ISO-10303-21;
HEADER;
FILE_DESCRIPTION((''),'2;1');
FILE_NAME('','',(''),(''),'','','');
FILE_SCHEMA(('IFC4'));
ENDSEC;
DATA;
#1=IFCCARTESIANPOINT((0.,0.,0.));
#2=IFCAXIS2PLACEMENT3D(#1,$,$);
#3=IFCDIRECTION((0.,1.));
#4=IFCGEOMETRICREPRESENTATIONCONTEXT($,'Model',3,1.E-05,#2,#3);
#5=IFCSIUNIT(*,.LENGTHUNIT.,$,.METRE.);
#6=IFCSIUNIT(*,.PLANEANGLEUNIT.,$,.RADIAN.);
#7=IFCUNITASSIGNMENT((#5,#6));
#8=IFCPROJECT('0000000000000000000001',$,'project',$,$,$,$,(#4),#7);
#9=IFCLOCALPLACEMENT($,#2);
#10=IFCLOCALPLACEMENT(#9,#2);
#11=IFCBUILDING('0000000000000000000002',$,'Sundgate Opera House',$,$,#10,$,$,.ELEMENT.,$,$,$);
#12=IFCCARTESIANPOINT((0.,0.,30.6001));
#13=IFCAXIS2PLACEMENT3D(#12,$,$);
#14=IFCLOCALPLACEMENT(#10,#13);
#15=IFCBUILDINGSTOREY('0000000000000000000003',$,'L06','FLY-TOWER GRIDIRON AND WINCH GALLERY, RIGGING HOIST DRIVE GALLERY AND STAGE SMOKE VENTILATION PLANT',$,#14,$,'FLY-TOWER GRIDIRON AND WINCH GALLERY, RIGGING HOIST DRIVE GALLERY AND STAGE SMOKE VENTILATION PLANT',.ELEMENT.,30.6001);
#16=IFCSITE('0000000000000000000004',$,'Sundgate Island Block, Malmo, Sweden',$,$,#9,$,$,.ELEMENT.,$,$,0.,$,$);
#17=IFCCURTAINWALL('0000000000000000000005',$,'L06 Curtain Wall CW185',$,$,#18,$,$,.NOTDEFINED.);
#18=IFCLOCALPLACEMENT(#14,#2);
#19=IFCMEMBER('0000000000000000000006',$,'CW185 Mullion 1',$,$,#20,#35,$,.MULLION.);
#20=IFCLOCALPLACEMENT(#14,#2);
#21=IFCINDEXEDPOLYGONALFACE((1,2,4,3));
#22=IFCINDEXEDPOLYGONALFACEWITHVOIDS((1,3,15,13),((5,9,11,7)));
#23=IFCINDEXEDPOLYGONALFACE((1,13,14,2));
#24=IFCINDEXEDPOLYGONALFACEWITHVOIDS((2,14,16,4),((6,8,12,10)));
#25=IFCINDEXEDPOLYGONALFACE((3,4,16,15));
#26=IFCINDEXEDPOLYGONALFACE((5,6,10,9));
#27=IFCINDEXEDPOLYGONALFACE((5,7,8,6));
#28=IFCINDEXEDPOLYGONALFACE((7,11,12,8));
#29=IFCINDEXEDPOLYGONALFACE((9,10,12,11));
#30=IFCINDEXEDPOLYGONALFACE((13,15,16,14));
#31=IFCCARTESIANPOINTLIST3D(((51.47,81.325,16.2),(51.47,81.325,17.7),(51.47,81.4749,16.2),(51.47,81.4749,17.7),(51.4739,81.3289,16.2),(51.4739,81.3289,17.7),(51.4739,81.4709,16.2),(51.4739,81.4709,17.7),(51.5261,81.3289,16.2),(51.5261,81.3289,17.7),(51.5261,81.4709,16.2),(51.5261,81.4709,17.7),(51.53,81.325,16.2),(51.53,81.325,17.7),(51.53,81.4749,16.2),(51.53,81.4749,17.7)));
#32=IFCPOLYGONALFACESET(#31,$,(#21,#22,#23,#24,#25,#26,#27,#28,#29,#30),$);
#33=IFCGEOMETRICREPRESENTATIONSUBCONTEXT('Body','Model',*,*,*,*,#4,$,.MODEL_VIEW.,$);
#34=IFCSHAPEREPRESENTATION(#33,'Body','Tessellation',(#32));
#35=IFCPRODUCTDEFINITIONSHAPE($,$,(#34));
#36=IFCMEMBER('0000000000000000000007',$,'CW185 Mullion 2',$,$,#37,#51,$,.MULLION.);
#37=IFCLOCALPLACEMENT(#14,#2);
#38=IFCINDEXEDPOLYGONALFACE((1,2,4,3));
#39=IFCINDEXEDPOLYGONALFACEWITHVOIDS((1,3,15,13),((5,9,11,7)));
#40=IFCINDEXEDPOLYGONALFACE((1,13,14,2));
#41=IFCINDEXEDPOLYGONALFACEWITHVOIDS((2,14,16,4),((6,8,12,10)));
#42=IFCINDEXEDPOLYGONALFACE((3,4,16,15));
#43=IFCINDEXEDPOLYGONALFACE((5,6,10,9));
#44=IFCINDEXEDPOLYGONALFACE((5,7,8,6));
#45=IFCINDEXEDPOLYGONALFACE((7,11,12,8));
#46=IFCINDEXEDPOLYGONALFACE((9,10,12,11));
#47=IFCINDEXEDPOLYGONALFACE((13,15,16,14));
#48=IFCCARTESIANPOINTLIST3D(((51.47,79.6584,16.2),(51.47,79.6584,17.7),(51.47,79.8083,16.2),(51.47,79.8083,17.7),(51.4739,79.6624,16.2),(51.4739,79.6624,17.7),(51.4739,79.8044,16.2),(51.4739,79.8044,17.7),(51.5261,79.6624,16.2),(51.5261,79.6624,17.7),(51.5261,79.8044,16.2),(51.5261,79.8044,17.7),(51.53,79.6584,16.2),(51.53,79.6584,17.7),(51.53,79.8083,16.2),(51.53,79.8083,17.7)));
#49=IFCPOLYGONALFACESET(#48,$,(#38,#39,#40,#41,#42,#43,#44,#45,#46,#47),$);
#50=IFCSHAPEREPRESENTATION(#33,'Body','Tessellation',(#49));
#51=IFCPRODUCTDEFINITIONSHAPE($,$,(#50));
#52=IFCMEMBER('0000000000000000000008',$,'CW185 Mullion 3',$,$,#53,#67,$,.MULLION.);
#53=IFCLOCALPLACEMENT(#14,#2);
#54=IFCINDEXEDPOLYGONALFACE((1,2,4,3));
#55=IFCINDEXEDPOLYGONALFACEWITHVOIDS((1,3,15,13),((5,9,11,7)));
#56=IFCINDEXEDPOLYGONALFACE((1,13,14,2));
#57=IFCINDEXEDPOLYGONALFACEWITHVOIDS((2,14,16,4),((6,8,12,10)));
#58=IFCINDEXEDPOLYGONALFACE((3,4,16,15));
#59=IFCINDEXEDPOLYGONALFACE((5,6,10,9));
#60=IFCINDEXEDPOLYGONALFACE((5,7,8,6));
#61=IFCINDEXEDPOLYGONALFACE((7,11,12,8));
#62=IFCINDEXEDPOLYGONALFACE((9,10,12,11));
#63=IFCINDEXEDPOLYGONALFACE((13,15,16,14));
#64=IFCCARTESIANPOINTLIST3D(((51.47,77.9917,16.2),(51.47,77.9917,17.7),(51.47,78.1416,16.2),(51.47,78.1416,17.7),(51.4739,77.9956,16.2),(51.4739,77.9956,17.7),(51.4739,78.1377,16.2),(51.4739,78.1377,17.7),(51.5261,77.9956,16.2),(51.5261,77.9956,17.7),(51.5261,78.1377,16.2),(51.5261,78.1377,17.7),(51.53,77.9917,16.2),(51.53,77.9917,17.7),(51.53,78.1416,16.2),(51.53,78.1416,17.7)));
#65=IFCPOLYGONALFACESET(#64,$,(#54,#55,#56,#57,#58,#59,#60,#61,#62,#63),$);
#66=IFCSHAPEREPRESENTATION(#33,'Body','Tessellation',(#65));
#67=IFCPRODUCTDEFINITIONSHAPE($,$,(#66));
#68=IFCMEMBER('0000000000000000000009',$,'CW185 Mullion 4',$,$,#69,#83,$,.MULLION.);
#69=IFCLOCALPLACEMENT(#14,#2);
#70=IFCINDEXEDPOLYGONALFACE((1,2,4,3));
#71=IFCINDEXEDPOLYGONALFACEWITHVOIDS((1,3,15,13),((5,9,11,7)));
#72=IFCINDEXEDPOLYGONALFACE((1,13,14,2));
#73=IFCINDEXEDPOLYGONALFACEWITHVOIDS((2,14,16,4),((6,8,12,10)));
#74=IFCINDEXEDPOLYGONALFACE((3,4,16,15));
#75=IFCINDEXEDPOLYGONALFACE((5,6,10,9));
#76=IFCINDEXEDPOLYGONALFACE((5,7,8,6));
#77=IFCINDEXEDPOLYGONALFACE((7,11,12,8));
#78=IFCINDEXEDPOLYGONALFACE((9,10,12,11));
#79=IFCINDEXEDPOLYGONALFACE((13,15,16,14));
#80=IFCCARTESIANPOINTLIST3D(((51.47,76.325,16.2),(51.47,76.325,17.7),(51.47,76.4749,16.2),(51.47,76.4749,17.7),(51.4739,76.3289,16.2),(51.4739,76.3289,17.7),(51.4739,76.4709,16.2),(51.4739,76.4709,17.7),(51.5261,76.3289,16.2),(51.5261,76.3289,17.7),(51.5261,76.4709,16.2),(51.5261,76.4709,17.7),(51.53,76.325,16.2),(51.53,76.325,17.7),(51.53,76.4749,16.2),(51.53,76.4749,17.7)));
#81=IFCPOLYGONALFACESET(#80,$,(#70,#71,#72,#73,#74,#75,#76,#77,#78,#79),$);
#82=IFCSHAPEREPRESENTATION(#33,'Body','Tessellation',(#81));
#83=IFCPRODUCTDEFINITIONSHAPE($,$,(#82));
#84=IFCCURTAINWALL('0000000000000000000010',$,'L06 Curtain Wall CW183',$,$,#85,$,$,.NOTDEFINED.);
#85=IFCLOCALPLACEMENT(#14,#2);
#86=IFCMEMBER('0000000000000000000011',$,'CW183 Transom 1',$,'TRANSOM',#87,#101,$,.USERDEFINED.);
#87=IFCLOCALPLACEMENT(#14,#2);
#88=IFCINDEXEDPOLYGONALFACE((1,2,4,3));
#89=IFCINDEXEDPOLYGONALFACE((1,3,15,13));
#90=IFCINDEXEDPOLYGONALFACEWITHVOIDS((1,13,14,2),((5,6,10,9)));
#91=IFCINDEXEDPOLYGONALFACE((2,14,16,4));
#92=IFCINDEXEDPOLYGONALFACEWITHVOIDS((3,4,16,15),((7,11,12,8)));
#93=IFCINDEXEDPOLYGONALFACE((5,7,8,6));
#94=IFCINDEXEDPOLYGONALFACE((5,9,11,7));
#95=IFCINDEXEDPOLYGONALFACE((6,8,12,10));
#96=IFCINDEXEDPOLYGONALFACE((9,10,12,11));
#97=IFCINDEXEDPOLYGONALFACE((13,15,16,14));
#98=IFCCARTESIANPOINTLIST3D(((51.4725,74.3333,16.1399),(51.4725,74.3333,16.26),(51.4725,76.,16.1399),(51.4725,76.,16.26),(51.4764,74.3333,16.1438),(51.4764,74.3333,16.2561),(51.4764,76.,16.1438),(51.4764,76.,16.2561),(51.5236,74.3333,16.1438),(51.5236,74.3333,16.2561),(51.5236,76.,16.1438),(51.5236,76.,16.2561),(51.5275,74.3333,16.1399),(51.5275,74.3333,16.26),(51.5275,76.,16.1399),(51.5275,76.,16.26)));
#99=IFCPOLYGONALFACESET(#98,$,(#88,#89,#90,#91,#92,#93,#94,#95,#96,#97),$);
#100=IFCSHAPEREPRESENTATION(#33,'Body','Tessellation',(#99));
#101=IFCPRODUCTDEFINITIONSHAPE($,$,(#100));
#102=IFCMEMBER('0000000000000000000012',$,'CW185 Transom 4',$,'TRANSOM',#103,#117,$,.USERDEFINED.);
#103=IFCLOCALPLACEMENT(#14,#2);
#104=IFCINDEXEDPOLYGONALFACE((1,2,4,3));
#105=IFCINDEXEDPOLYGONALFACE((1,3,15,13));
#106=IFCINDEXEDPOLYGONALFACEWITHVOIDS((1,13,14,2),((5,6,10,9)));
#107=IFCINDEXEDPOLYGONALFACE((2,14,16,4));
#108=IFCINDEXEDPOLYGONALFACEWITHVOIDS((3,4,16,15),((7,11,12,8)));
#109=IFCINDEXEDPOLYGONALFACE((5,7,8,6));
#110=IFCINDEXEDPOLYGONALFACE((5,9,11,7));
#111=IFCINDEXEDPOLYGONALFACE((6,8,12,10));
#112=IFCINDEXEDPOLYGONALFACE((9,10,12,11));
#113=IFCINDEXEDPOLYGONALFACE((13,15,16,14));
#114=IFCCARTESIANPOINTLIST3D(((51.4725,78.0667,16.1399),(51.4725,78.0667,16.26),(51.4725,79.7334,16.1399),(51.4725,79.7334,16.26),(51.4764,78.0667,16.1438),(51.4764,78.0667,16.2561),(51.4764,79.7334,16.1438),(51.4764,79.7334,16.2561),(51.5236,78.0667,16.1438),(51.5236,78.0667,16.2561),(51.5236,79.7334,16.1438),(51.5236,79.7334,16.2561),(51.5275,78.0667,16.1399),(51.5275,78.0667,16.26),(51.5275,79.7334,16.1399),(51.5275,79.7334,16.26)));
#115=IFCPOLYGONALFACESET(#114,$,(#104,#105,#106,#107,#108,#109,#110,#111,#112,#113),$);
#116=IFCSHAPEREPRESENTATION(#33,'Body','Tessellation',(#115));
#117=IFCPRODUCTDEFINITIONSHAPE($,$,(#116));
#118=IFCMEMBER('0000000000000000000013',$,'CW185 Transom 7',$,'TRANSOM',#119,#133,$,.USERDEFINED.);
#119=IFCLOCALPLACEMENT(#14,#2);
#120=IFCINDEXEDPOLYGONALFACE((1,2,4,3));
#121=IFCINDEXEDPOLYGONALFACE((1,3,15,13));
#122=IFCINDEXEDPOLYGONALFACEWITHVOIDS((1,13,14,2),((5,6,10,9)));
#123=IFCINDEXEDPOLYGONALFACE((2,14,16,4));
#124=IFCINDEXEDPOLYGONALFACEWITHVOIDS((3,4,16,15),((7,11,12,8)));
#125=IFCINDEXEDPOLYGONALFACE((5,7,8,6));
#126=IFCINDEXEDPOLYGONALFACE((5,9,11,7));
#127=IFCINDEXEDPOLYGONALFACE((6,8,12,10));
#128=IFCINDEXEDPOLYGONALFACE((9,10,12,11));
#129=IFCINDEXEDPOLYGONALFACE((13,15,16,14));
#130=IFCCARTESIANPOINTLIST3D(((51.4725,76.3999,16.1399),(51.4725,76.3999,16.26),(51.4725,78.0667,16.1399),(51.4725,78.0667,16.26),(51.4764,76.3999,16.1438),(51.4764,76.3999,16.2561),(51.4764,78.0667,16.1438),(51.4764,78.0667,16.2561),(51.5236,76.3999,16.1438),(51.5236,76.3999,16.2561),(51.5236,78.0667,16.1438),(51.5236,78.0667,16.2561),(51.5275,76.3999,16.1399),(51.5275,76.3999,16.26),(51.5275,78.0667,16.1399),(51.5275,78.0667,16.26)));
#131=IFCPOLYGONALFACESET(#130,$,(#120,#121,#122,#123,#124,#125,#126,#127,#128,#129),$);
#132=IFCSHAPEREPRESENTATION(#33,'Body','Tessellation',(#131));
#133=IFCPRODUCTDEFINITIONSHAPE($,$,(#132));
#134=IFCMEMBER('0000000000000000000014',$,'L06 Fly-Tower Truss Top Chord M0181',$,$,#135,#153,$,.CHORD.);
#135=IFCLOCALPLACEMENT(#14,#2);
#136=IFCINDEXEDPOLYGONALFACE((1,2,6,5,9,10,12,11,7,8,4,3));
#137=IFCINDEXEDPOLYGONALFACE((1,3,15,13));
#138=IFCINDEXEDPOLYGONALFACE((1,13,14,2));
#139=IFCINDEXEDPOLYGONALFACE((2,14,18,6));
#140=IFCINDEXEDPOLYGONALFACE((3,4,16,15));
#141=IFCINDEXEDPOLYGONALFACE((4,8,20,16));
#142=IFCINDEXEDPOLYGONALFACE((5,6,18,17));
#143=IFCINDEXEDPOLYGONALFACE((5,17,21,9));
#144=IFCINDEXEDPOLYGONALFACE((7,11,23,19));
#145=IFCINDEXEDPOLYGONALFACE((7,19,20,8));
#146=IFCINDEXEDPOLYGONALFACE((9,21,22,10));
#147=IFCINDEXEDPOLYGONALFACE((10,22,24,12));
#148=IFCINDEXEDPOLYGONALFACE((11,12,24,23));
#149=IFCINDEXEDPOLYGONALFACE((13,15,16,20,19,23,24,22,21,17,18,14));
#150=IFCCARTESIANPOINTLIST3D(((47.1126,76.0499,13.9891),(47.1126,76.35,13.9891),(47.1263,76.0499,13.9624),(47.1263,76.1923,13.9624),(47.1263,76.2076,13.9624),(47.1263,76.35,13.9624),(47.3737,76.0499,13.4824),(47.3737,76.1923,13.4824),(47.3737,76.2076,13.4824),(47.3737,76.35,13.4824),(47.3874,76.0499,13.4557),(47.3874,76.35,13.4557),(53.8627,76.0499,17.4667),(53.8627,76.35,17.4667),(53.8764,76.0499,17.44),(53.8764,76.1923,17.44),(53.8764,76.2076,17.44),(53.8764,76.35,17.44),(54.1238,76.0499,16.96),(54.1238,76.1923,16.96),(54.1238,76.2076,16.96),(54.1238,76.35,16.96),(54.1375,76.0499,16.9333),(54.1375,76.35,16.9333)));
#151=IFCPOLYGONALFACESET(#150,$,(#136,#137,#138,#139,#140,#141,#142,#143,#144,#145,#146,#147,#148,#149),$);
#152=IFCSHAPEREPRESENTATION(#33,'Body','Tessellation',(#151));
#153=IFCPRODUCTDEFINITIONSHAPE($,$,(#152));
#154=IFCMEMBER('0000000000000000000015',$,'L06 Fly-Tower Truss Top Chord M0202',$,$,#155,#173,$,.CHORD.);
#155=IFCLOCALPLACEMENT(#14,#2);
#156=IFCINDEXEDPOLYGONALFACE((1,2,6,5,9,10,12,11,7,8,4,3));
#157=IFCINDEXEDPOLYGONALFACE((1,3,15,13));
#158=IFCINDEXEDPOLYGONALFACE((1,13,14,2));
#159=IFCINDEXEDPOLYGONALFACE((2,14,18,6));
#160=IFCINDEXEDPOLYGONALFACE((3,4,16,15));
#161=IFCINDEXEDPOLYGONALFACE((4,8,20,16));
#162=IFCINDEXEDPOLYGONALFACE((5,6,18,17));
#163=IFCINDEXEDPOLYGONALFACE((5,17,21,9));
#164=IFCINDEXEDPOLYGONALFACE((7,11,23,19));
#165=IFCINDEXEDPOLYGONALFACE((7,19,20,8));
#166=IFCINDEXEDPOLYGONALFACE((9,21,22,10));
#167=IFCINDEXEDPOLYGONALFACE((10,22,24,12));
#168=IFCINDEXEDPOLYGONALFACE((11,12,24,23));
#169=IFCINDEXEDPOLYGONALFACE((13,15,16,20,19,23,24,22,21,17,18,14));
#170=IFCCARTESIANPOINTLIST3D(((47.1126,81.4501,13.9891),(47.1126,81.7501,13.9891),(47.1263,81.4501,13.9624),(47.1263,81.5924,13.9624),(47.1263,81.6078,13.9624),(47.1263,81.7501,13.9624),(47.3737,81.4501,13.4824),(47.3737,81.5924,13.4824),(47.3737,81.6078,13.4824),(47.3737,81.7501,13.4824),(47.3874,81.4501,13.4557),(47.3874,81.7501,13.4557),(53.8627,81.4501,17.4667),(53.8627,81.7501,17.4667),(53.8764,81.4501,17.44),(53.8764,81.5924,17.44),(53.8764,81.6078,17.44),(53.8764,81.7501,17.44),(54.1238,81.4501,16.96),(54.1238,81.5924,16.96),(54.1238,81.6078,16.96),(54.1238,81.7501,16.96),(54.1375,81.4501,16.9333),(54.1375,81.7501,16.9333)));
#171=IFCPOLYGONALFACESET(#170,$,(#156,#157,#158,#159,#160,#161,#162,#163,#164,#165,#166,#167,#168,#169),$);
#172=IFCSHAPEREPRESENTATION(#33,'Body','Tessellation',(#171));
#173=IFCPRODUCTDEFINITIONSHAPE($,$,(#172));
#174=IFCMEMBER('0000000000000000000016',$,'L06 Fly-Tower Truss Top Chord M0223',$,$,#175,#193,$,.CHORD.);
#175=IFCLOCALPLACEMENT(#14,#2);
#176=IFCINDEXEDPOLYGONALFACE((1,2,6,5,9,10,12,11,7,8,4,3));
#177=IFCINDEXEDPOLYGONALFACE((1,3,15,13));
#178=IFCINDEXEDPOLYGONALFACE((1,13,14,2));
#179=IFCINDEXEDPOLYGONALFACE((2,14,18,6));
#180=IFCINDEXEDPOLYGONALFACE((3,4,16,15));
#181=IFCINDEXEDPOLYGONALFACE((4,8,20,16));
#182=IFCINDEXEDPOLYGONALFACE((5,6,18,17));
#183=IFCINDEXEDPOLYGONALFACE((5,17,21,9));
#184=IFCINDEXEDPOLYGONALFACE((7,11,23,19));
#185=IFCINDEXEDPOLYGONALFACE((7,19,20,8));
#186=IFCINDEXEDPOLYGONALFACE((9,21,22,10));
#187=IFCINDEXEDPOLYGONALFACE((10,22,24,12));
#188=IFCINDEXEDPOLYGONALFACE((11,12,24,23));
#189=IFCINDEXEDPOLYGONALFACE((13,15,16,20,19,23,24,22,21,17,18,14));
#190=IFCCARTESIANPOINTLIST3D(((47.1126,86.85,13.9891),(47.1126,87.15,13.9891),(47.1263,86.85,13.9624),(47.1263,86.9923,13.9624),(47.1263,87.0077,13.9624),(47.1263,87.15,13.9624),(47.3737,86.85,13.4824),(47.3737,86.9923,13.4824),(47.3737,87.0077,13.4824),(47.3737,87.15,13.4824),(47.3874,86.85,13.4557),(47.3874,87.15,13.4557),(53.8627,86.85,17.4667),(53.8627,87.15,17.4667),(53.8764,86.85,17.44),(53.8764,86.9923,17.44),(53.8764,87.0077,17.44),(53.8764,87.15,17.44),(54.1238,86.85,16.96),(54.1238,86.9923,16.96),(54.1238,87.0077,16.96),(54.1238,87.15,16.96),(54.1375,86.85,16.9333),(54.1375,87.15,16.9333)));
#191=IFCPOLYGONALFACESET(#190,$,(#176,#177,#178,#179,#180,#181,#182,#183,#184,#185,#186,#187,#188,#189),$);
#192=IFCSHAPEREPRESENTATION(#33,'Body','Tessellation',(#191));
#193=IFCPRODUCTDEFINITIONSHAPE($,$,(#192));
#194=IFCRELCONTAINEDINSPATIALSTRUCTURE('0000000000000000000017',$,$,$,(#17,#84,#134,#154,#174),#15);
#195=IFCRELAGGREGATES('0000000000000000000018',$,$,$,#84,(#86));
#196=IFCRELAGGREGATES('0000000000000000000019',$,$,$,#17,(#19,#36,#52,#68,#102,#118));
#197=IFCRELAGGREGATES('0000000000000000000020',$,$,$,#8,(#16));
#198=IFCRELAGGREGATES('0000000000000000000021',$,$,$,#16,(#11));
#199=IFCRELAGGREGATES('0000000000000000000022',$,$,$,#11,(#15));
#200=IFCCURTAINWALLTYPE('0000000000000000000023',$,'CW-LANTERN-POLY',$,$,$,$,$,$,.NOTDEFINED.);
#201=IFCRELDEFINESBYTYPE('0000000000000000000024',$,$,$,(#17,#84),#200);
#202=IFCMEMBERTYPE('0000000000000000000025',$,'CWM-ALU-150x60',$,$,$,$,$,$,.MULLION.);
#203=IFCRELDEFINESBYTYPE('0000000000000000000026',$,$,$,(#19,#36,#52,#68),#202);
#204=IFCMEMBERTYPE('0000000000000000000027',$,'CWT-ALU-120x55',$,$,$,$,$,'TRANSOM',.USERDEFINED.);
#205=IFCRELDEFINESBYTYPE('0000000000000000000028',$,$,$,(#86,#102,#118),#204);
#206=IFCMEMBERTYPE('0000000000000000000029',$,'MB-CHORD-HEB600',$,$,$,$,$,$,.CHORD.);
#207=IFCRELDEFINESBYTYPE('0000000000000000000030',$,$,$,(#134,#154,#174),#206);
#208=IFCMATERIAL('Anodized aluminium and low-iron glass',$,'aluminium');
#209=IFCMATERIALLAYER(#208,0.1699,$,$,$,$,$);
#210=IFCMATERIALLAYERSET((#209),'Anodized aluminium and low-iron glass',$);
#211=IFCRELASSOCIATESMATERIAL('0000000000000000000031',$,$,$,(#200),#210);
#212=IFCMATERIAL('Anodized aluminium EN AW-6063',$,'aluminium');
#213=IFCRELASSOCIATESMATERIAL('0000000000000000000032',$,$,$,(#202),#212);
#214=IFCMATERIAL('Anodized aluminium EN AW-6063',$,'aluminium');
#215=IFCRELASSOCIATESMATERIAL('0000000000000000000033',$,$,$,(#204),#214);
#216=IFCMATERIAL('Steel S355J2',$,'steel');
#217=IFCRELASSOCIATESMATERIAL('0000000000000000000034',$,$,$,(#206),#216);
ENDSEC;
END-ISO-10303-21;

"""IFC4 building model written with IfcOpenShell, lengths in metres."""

from ifc_helpers import new_model, si_unit, direction, frame, origin, origin_2d, place, context, subcontext, project, spatial, hollow_rectangle, i_section, extrude, material, layer, layer_set, material_profile, profile_set, type_object, element, aggregate, save


model = new_model("IFC4")

# Units and contexts
model_context = context("Model", 3, precision=1e-05, world=origin(), true_north=direction((0.0, 1.0)))
body_context = subcontext(model_context, "Body", "Model", "MODEL_VIEW")
ifc_project = project(units=[si_unit("LENGTHUNIT", "METRE"), si_unit("PLANEANGLEUNIT", "RADIAN")], contexts=[model_context])

# Site, building, storey
site_placement = place(None, origin())
site = spatial("IfcSite", under=ifc_project, at=site_placement, Name="Sundgate Island Block, Malmo, Sweden", CompositionType="ELEMENT", RefElevation=0.0)
building_placement = place(site_placement, origin())
building = spatial("IfcBuilding", under=site, at=building_placement, Name="Sundgate Opera House", CompositionType="ELEMENT")
storey_placement = place(building_placement, frame((0.0, 0.0, 30.6001)))
storey = spatial("IfcBuildingStorey", under=building, at=storey_placement, Name="L06", Description="FLY-TOWER GRIDIRON AND WINCH GALLERY, RIGGING HOIST DRIVE GALLERY AND STAGE SMOKE VENTILATION PLANT", LongName="FLY-TOWER GRIDIRON AND WINCH GALLERY, RIGGING HOIST DRIVE GALLERY AND STAGE SMOKE VENTILATION PLANT", CompositionType="ELEMENT", Elevation=30.6001)

# Curtain wall, members
ifc_material_1 = material(Name="Anodized aluminium and low-iron glass", Category="aluminium")
ifc_layer_1 = layer(ifc_material_1, 0.1699)
ifc_layer_set_1 = layer_set([ifc_layer_1], Name="Anodized aluminium and low-iron glass")
curtain_wall_type = type_object("IfcCurtainWallType", Name="CW-LANTERN-POLY", PredefinedType="NOTDEFINED", material=ifc_layer_set_1)
curtain_wall_1_placement = place(storey_placement, origin())
curtain_wall_1 = element("IfcCurtainWall", 1, at=curtain_wall_1_placement, inside=storey, type_object=curtain_wall_type, Name="L06 Curtain Wall CW185", PredefinedType="NOTDEFINED")
ifc_material_2 = material(Name="Anodized aluminium EN AW-6063", Category="aluminium")
ifc_material_profile_1 = material_profile(ifc_material_2, hollow_rectangle(XDim=0.0601, YDim=0.1499, WallThickness=0.0039, at=origin_2d()), Name="CWM 150x60x4")
ifc_profile_set_1 = profile_set([ifc_material_profile_1], Name="Anodized aluminium EN AW-6063")
member_type_1 = type_object("IfcMemberType", Name="CWM-ALU-150x60", PredefinedType="MULLION", material=ifc_profile_set_1)
member_1_placement = place(storey_placement, frame((51.5, 81.3999, 16.2), z_axis=(0.0, 0.0, 1.0), x_axis=(1.0, 0.0, 0.0)))
member_1 = element("IfcMember", 2, at=member_1_placement, type_object=member_type_1, Name="CW185 Mullion 1", PredefinedType="MULLION", context=body_context, shape_type="SweptSolid", body=[
    extrude(hollow_rectangle(XDim=0.0601, YDim=0.1499, WallThickness=0.0039, at=origin_2d()), origin(), (0.0, 0.0, 1.0), 1.5),
])
member_2_placement = place(storey_placement, frame((51.5, 79.7334, 16.2), z_axis=(0.0, 0.0, 1.0), x_axis=(1.0, 0.0, 0.0)))
member_2 = element("IfcMember", 3, at=member_2_placement, type_object=member_type_1, Name="CW185 Mullion 2", PredefinedType="MULLION", context=body_context, shape_type="SweptSolid", body=[
    extrude(hollow_rectangle(XDim=0.0601, YDim=0.1499, WallThickness=0.0039, at=origin_2d()), origin(), (0.0, 0.0, 1.0), 1.5),
])
member_3_placement = place(storey_placement, frame((51.5, 78.0667, 16.2), z_axis=(0.0, 0.0, 1.0), x_axis=(1.0, 0.0, 0.0)))
member_3 = element("IfcMember", 4, at=member_3_placement, type_object=member_type_1, Name="CW185 Mullion 3", PredefinedType="MULLION", context=body_context, shape_type="SweptSolid", body=[
    extrude(hollow_rectangle(XDim=0.0601, YDim=0.1499, WallThickness=0.0039, at=origin_2d()), origin(), (0.0, 0.0, 1.0), 1.5),
])
member_4_placement = place(storey_placement, frame((51.5, 76.3999, 16.2), z_axis=(0.0, 0.0, 1.0), x_axis=(1.0, 0.0, 0.0)))
member_4 = element("IfcMember", 5, at=member_4_placement, type_object=member_type_1, Name="CW185 Mullion 4", PredefinedType="MULLION", context=body_context, shape_type="SweptSolid", body=[
    extrude(hollow_rectangle(XDim=0.0601, YDim=0.1499, WallThickness=0.0039, at=origin_2d()), origin(), (0.0, 0.0, 1.0), 1.5),
])

# Curtain wall, member
curtain_wall_2_placement = place(storey_placement, origin())
curtain_wall_2 = element("IfcCurtainWall", 6, at=curtain_wall_2_placement, inside=storey, type_object=curtain_wall_type, Name="L06 Curtain Wall CW183", PredefinedType="NOTDEFINED")
ifc_material_3 = material(Name="Anodized aluminium EN AW-6063", Category="aluminium")
ifc_material_profile_2 = material_profile(ifc_material_3, hollow_rectangle(XDim=0.0549, YDim=0.1201, WallThickness=0.0039, at=origin_2d()), Name="CWT 120x55x4")
ifc_profile_set_2 = profile_set([ifc_material_profile_2], Name="Anodized aluminium EN AW-6063")
member_type_2 = type_object("IfcMemberType", Name="CWT-ALU-120x55", ElementType="TRANSOM", PredefinedType="USERDEFINED", material=ifc_profile_set_2)
member_5_placement = place(storey_placement, frame((51.5, 76.0, 16.2), z_axis=(0.0, -1.0, 0.0), x_axis=(1.0, 0.0, 0.0)))
member_5 = element("IfcMember", 7, at=member_5_placement, type_object=member_type_2, Name="CW183 Transom 1", ObjectType="TRANSOM", PredefinedType="USERDEFINED", context=body_context, shape_type="SweptSolid", body=[
    extrude(hollow_rectangle(XDim=0.0549, YDim=0.1201, WallThickness=0.0039, at=origin_2d()), origin(), (0.0, 0.0, 1.0), 1.6667),
])
aggregate(curtain_wall_2, [member_5])

# Members
member_6_placement = place(storey_placement, frame((51.5, 79.7334, 16.2), z_axis=(0.0, -1.0, 0.0), x_axis=(1.0, 0.0, 0.0)))
member_6 = element("IfcMember", 8, at=member_6_placement, type_object=member_type_2, Name="CW185 Transom 4", ObjectType="TRANSOM", PredefinedType="USERDEFINED", context=body_context, shape_type="SweptSolid", body=[
    extrude(hollow_rectangle(XDim=0.0549, YDim=0.1201, WallThickness=0.0039, at=origin_2d()), origin(), (0.0, 0.0, 1.0), 1.6667),
])
member_7_placement = place(storey_placement, frame((51.5, 78.0667, 16.2), z_axis=(0.0, -1.0, 0.0), x_axis=(1.0, 0.0, 0.0)))
member_7 = element("IfcMember", 9, at=member_7_placement, type_object=member_type_2, Name="CW185 Transom 7", ObjectType="TRANSOM", PredefinedType="USERDEFINED", context=body_context, shape_type="SweptSolid", body=[
    extrude(hollow_rectangle(XDim=0.0549, YDim=0.1201, WallThickness=0.0039, at=origin_2d()), origin(), (0.0, 0.0, 1.0), 1.6667),
])
aggregate(curtain_wall_1, [member_1, member_2, member_3, member_4, member_6, member_7])

# Members
ifc_material_4 = material(Name="Steel S355J2", Category="steel")
ifc_material_profile_3 = material_profile(ifc_material_4, i_section(OverallWidth=0.3, OverallDepth=0.6001, WebThickness=0.0154, FlangeThickness=0.03, at=origin_2d()), Name="HEB 600")
ifc_profile_set_3 = profile_set([ifc_material_profile_3], Name="Steel S355J2")
member_type_3 = type_object("IfcMemberType", Name="MB-CHORD-HEB600", PredefinedType="CHORD", material=ifc_profile_set_3)
for number, where, z_axis, x_axis, name in (
    (10, (47.25, 76.2, 13.7224), (0.88896, 0.0, 0.457984), (0.0, 1.0, 0.0), "L06 Fly-Tower Truss Top Chord M0181"),
    (11, (47.25, 81.6001, 13.7224), (0.88896, 0.0, 0.457984), (0.0, 1.0, 0.0), "L06 Fly-Tower Truss Top Chord M0202"),
    (12, (47.25, 87.0, 13.7224), (0.88896, 0.0, 0.457984), (0.0, 1.0, 0.0), "L06 Fly-Tower Truss Top Chord M0223"),
):
    element("IfcMember", number, at=place(storey_placement, frame(where, z_axis=z_axis, x_axis=x_axis)), inside=storey, type_object=member_type_3, Name=name, PredefinedType="CHORD", context=body_context, shape_type="SweptSolid", body=[
        extrude(i_section(OverallWidth=0.3, OverallDepth=0.6001, WebThickness=0.0154, FlangeThickness=0.03, at=origin_2d()), origin(), (0.0, 0.0, 1.0), 7.5933),
    ])

save(model, "model.ifc")
